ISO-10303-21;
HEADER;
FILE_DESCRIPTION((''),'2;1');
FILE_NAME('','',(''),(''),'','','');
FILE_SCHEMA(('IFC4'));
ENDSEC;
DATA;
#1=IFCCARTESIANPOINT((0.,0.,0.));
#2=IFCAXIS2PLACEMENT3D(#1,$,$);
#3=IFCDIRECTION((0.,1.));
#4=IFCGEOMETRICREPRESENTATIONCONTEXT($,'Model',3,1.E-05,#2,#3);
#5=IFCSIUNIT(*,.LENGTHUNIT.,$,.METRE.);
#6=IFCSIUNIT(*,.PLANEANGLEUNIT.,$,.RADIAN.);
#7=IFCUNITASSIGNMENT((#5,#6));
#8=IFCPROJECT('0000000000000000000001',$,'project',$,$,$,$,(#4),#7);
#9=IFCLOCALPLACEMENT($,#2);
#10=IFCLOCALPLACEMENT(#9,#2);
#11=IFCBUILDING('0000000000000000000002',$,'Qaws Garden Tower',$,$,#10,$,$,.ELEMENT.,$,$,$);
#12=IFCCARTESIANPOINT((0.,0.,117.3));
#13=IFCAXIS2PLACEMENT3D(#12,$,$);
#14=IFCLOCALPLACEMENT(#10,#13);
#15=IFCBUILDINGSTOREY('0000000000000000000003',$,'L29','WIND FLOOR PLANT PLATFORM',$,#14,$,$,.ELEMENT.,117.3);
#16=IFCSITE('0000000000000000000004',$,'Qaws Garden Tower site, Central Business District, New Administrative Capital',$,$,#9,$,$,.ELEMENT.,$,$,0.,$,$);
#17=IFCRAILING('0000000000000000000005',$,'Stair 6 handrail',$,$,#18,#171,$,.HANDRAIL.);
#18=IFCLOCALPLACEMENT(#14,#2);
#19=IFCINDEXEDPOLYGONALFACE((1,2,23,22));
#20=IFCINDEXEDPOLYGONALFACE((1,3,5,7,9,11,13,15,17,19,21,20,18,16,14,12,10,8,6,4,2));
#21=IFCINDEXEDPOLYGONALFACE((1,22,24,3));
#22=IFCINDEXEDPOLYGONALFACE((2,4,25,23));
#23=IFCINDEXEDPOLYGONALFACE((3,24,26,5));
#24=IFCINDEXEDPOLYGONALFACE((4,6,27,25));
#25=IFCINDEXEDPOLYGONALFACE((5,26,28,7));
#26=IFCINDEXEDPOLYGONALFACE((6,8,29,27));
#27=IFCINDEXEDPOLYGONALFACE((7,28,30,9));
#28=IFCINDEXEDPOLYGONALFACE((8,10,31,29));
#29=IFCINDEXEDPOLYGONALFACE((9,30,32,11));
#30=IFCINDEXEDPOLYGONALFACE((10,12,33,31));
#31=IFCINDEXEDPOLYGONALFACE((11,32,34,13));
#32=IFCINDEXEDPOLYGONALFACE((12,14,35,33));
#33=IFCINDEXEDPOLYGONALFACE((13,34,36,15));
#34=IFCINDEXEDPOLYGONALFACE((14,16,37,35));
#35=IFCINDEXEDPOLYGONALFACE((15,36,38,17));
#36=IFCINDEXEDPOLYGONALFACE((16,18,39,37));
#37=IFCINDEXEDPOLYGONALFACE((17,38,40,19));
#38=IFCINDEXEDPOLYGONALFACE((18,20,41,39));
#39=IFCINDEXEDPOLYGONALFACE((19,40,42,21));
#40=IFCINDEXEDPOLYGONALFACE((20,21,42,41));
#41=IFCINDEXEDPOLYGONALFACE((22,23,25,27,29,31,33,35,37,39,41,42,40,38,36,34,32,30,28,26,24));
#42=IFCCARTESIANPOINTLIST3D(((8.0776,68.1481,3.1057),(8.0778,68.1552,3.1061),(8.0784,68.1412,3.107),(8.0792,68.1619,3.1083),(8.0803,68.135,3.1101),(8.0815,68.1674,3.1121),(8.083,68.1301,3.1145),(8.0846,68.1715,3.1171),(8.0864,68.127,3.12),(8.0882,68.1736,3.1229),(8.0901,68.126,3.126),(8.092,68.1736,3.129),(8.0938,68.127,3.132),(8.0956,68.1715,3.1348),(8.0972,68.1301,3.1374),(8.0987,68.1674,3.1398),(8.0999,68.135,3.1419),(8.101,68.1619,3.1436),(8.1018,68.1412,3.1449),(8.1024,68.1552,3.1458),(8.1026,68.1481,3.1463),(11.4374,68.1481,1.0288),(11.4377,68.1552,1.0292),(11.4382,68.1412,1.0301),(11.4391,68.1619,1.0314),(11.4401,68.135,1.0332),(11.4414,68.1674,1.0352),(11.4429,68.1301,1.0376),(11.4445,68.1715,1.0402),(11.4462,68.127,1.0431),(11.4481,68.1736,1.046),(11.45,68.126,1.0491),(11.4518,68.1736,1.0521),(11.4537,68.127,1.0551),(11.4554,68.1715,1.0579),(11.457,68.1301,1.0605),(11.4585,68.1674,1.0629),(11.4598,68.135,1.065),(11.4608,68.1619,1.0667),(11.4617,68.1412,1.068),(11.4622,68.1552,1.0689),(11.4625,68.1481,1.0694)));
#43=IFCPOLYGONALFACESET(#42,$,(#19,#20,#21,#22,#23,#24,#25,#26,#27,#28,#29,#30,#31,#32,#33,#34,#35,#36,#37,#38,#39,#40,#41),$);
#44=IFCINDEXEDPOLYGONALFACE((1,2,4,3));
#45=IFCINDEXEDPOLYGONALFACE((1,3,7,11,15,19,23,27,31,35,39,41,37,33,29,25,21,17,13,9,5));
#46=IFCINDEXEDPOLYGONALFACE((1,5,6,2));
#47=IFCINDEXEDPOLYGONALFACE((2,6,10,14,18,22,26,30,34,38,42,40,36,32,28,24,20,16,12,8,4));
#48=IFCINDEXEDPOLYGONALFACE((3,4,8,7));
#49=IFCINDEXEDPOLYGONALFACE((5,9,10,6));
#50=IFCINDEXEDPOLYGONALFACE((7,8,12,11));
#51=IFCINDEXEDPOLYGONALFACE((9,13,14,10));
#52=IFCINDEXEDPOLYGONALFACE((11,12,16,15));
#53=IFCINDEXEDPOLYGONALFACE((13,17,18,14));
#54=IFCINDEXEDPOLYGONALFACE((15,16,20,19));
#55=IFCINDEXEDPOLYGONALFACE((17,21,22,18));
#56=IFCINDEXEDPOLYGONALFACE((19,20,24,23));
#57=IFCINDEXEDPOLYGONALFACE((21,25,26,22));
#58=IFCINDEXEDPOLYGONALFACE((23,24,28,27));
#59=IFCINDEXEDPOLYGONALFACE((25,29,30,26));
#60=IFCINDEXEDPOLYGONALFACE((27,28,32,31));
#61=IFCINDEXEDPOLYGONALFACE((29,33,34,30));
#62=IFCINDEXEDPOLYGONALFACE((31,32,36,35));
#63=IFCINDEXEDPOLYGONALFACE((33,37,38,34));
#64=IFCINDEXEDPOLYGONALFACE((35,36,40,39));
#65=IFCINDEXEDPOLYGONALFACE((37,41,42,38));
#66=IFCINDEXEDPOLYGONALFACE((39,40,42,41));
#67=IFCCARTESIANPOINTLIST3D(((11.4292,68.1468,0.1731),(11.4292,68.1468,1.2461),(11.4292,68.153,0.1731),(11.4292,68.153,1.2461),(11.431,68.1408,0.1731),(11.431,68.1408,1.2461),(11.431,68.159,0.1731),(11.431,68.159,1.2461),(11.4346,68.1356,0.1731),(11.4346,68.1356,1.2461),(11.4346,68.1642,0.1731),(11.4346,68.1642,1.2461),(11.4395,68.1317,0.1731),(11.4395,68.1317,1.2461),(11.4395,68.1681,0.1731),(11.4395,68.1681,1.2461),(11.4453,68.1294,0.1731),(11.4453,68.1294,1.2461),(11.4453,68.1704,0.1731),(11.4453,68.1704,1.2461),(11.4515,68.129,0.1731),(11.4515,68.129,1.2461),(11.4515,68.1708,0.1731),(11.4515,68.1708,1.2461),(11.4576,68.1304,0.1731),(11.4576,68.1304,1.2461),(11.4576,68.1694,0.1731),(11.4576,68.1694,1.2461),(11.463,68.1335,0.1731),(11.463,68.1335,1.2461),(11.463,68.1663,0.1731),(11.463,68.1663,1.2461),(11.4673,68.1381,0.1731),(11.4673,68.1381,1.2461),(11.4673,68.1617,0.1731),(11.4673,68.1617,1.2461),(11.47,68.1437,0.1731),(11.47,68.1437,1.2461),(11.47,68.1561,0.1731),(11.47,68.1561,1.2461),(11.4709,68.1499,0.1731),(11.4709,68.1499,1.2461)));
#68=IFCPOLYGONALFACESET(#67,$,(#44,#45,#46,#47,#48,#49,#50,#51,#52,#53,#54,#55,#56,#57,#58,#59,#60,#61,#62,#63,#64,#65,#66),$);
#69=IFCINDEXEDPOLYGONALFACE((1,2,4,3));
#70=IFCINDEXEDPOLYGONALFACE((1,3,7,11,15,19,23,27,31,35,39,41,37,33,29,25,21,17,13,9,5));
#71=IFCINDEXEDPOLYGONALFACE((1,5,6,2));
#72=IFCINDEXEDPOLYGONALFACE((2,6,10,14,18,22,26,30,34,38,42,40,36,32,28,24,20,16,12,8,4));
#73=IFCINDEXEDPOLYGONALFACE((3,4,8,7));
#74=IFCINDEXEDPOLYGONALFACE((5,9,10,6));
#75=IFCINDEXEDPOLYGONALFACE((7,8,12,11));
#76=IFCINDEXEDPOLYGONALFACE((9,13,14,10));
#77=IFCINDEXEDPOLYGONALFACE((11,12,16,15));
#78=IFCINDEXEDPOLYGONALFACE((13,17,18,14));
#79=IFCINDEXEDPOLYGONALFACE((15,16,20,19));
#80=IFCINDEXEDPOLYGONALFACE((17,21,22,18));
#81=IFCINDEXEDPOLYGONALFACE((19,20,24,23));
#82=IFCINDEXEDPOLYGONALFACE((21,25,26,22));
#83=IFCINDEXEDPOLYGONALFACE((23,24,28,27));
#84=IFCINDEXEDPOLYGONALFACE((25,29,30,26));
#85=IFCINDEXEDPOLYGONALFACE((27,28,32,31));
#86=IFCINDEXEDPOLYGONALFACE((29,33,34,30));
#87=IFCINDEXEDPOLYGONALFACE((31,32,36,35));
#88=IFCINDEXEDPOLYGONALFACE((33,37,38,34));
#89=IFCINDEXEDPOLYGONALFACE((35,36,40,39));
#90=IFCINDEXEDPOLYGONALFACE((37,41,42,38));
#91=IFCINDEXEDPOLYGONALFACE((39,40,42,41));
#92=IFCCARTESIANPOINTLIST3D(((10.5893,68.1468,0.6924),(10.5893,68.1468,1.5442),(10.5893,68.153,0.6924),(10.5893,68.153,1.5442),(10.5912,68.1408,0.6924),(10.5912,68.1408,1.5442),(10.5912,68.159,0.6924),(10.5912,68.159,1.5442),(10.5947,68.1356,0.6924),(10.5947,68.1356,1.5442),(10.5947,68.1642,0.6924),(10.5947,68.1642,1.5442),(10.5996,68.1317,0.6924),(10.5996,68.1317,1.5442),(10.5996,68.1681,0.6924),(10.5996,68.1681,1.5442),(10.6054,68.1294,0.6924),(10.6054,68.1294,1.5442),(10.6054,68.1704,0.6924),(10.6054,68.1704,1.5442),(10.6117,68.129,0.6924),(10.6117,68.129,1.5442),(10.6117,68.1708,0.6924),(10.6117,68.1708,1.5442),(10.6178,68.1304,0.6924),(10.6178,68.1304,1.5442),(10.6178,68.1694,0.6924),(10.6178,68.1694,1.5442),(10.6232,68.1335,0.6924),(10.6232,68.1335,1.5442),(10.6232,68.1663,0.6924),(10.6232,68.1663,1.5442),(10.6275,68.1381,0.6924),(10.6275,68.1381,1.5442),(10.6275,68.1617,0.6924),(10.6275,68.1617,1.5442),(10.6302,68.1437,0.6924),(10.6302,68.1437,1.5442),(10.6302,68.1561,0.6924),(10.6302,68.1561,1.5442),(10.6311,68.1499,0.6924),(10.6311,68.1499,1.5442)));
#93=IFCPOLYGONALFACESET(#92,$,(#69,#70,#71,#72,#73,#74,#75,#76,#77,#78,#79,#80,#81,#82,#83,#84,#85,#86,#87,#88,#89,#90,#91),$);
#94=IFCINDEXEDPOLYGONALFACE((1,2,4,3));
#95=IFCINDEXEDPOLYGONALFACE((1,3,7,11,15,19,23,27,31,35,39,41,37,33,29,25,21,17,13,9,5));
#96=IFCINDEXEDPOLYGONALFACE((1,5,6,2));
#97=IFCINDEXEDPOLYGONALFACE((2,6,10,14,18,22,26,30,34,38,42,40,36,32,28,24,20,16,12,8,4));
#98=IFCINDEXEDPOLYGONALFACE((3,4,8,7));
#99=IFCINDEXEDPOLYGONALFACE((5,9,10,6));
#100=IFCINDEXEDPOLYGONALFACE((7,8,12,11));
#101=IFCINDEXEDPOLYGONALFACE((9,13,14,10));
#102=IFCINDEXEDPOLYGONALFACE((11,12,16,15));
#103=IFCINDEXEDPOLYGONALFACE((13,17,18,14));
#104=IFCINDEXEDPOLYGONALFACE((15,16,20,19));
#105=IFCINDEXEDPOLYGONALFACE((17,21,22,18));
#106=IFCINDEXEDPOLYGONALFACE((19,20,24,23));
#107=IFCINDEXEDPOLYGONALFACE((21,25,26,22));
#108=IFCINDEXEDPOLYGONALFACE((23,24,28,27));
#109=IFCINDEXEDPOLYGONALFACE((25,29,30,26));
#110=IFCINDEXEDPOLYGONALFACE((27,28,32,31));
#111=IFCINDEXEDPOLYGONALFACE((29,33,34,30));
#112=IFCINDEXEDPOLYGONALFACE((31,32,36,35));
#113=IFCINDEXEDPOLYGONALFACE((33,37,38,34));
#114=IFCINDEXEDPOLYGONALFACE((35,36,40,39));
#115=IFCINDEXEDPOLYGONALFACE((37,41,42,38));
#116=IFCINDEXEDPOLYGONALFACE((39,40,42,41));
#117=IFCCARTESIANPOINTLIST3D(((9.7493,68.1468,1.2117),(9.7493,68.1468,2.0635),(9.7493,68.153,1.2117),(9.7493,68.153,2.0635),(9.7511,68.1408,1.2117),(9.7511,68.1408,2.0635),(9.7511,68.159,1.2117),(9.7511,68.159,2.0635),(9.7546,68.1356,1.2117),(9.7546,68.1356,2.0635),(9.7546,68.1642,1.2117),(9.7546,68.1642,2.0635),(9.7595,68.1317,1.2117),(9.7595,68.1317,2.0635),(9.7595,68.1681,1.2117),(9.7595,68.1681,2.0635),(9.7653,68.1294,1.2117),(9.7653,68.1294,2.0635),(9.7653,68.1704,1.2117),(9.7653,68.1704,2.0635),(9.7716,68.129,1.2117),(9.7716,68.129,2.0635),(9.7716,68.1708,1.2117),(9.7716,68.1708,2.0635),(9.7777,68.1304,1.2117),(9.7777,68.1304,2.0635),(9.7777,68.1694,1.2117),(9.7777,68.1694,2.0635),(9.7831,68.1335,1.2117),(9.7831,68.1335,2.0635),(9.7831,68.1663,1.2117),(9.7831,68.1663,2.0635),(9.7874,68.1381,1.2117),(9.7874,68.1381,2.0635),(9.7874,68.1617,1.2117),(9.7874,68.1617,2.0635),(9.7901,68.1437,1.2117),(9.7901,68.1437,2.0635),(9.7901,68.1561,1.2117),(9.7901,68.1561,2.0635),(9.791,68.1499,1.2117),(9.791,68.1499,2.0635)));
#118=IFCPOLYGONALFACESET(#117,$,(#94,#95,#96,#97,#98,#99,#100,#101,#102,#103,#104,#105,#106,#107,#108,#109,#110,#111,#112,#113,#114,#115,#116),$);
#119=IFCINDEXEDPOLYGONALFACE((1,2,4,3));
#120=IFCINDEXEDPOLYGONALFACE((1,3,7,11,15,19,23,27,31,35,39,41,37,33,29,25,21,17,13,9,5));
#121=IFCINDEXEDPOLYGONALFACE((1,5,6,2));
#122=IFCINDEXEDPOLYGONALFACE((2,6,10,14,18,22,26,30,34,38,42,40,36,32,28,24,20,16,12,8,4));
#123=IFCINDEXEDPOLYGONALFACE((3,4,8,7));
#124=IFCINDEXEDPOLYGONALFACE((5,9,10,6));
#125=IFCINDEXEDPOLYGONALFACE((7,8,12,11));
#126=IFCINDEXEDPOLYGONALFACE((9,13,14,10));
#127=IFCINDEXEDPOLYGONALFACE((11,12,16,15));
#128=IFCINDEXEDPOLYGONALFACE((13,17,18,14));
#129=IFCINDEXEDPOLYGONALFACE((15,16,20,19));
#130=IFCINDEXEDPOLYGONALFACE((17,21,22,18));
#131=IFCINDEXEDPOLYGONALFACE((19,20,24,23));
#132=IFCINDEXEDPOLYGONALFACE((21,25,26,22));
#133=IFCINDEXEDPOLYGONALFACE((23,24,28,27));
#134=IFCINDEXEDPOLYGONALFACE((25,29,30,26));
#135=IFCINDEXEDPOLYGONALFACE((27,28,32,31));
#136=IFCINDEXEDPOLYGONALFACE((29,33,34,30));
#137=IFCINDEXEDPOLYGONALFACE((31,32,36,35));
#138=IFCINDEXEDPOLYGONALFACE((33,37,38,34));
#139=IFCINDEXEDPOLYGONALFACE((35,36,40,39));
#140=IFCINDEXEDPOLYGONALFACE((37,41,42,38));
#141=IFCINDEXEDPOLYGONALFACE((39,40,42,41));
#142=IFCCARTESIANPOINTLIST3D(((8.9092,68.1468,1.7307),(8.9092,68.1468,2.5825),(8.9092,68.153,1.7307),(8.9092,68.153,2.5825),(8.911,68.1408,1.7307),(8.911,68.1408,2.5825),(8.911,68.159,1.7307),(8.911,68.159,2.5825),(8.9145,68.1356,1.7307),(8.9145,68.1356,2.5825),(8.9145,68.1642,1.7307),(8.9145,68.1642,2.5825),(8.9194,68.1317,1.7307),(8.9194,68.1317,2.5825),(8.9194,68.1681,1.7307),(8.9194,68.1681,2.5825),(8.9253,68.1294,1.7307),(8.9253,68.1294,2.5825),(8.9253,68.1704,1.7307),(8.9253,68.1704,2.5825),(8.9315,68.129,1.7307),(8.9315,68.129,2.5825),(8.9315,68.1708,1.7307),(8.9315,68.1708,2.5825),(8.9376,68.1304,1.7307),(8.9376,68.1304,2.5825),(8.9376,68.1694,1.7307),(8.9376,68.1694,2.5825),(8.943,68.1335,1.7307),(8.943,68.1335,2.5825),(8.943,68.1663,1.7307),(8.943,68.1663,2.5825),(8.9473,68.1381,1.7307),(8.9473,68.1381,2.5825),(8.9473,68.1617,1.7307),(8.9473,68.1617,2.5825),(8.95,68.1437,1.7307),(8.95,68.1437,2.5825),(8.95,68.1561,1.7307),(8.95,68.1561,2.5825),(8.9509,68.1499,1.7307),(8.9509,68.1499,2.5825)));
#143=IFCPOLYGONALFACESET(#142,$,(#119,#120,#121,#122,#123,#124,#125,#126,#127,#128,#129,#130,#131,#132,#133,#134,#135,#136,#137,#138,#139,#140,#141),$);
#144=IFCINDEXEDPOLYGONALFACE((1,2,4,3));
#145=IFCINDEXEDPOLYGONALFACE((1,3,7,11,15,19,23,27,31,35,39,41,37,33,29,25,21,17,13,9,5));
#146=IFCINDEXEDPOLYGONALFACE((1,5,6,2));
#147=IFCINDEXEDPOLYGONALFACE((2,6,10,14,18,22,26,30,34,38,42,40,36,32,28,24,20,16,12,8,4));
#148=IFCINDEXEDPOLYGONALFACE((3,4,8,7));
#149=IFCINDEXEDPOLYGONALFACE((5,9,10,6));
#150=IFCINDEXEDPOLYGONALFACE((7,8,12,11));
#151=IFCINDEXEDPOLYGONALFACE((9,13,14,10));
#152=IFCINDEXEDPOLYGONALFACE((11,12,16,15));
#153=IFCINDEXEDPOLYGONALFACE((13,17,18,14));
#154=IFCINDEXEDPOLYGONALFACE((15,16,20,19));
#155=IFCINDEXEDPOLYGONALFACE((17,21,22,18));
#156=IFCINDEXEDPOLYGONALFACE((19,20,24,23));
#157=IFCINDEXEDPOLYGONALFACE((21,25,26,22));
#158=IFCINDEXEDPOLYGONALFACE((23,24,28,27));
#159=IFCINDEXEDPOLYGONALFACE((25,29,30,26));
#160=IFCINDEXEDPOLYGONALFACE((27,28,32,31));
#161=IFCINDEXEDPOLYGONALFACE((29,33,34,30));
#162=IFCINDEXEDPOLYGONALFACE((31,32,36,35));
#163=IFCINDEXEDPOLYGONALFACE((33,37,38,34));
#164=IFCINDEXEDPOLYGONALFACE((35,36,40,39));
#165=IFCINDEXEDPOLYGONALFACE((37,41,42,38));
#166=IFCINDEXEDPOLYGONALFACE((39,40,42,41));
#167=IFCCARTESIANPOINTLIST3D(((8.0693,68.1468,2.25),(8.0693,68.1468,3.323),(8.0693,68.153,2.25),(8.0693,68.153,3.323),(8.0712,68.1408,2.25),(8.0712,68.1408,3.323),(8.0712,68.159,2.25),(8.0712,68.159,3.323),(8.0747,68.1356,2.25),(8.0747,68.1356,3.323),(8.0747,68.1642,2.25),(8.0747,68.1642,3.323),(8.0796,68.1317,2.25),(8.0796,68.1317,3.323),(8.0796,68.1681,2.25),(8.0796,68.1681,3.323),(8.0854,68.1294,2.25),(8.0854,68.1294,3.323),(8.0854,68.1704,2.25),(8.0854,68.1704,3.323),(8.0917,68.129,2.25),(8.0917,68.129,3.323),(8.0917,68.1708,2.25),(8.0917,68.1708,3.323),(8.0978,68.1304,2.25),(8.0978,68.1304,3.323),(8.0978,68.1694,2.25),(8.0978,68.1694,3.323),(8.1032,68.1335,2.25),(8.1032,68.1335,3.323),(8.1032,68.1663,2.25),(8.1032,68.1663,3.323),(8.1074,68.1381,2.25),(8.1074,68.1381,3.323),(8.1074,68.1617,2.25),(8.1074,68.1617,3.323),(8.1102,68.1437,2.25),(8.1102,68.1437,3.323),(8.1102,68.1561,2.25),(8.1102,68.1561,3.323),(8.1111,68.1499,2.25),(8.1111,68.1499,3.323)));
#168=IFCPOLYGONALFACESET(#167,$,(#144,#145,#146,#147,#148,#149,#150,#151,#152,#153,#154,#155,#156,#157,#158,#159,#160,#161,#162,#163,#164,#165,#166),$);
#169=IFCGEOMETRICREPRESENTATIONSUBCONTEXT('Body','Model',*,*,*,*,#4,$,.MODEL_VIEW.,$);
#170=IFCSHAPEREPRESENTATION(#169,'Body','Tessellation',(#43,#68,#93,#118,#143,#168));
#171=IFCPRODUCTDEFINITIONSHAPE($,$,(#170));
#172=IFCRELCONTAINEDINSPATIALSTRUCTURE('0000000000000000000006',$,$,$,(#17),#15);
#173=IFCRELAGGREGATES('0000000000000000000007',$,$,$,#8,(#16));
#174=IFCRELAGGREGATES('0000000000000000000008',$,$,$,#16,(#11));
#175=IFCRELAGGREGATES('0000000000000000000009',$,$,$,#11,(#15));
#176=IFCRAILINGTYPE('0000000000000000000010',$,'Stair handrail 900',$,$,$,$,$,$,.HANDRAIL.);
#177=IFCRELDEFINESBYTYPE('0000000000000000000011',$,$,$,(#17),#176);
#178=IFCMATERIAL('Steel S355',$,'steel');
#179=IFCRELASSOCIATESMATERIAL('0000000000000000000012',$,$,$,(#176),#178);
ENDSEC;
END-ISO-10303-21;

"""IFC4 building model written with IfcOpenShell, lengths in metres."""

from ifc_helpers import new_model, si_unit, direction, frame, origin, origin_2d, place, context, subcontext, project, spatial, circle, extrude, material, type_object, element, save


model = new_model("IFC4")

# Units and contexts
model_context = context("Model", 3, precision=1e-05, world=origin(), true_north=direction((0.0, 1.0)))
body_context = subcontext(model_context, "Body", "Model", "MODEL_VIEW")
ifc_project = project(units=[si_unit("LENGTHUNIT", "METRE"), si_unit("PLANEANGLEUNIT", "RADIAN")], contexts=[model_context])

# Site, building, storey
site_placement = place(None, origin())
site = spatial("IfcSite", under=ifc_project, at=site_placement, Name="Qaws Garden Tower site, Central Business District, New Administrative Capital", CompositionType="ELEMENT", RefElevation=0.0)
building_placement = place(site_placement, origin())
building = spatial("IfcBuilding", under=site, at=building_placement, Name="Qaws Garden Tower", CompositionType="ELEMENT")
storey_placement = place(building_placement, frame((0.0, 0.0, 117.3)))
storey = spatial("IfcBuildingStorey", under=building, at=storey_placement, Name="L29", Description="WIND FLOOR PLANT PLATFORM", CompositionType="ELEMENT", Elevation=117.3)

# Railing
ifc_material_1 = material(Name="Steel S355", Category="steel")
railing_type_1 = type_object("IfcRailingType", Name="Stair handrail 900", PredefinedType="HANDRAIL", material=ifc_material_1)
railing_1_placement = place(storey_placement, frame((11.45, 68.1499, 0.1731)))
element("IfcRailing", 1, at=railing_1_placement, inside=storey, type_object=railing_type_1, Name="Stair 6 handrail", PredefinedType="HANDRAIL", context=body_context, shape_type="SweptSolid", body=[
    extrude(circle(Radius=0.0239, at=origin_2d()), frame((0.0, 0.0, 0.876), z_axis=(-0.850606, 0.0, 0.525803), x_axis=(0.0, -1.0, 0.0)), (0.0, 0.0, 1.0), 3.95),
    extrude(circle(Radius=0.021, at=origin_2d()), origin(), (0.0, 0.0, 1.0), 1.073),
    extrude(circle(Radius=0.021, at=origin_2d()), frame((-0.8398, 0.0, 0.5193)), (0.0, 0.0, 1.0), 0.8518),
    extrude(circle(Radius=0.021, at=origin_2d()), frame((-1.6799, 0.0, 1.0386)), (0.0, 0.0, 1.0), 0.8518),
    extrude(circle(Radius=0.021, at=origin_2d()), frame((-2.52, 0.0, 1.5576)), (0.0, 0.0, 1.0), 0.8518),
    extrude(circle(Radius=0.021, at=origin_2d()), frame((-3.3599, 0.0, 2.0769)), (0.0, 0.0, 1.0), 1.073),
])

save(model, "model.ifc")
